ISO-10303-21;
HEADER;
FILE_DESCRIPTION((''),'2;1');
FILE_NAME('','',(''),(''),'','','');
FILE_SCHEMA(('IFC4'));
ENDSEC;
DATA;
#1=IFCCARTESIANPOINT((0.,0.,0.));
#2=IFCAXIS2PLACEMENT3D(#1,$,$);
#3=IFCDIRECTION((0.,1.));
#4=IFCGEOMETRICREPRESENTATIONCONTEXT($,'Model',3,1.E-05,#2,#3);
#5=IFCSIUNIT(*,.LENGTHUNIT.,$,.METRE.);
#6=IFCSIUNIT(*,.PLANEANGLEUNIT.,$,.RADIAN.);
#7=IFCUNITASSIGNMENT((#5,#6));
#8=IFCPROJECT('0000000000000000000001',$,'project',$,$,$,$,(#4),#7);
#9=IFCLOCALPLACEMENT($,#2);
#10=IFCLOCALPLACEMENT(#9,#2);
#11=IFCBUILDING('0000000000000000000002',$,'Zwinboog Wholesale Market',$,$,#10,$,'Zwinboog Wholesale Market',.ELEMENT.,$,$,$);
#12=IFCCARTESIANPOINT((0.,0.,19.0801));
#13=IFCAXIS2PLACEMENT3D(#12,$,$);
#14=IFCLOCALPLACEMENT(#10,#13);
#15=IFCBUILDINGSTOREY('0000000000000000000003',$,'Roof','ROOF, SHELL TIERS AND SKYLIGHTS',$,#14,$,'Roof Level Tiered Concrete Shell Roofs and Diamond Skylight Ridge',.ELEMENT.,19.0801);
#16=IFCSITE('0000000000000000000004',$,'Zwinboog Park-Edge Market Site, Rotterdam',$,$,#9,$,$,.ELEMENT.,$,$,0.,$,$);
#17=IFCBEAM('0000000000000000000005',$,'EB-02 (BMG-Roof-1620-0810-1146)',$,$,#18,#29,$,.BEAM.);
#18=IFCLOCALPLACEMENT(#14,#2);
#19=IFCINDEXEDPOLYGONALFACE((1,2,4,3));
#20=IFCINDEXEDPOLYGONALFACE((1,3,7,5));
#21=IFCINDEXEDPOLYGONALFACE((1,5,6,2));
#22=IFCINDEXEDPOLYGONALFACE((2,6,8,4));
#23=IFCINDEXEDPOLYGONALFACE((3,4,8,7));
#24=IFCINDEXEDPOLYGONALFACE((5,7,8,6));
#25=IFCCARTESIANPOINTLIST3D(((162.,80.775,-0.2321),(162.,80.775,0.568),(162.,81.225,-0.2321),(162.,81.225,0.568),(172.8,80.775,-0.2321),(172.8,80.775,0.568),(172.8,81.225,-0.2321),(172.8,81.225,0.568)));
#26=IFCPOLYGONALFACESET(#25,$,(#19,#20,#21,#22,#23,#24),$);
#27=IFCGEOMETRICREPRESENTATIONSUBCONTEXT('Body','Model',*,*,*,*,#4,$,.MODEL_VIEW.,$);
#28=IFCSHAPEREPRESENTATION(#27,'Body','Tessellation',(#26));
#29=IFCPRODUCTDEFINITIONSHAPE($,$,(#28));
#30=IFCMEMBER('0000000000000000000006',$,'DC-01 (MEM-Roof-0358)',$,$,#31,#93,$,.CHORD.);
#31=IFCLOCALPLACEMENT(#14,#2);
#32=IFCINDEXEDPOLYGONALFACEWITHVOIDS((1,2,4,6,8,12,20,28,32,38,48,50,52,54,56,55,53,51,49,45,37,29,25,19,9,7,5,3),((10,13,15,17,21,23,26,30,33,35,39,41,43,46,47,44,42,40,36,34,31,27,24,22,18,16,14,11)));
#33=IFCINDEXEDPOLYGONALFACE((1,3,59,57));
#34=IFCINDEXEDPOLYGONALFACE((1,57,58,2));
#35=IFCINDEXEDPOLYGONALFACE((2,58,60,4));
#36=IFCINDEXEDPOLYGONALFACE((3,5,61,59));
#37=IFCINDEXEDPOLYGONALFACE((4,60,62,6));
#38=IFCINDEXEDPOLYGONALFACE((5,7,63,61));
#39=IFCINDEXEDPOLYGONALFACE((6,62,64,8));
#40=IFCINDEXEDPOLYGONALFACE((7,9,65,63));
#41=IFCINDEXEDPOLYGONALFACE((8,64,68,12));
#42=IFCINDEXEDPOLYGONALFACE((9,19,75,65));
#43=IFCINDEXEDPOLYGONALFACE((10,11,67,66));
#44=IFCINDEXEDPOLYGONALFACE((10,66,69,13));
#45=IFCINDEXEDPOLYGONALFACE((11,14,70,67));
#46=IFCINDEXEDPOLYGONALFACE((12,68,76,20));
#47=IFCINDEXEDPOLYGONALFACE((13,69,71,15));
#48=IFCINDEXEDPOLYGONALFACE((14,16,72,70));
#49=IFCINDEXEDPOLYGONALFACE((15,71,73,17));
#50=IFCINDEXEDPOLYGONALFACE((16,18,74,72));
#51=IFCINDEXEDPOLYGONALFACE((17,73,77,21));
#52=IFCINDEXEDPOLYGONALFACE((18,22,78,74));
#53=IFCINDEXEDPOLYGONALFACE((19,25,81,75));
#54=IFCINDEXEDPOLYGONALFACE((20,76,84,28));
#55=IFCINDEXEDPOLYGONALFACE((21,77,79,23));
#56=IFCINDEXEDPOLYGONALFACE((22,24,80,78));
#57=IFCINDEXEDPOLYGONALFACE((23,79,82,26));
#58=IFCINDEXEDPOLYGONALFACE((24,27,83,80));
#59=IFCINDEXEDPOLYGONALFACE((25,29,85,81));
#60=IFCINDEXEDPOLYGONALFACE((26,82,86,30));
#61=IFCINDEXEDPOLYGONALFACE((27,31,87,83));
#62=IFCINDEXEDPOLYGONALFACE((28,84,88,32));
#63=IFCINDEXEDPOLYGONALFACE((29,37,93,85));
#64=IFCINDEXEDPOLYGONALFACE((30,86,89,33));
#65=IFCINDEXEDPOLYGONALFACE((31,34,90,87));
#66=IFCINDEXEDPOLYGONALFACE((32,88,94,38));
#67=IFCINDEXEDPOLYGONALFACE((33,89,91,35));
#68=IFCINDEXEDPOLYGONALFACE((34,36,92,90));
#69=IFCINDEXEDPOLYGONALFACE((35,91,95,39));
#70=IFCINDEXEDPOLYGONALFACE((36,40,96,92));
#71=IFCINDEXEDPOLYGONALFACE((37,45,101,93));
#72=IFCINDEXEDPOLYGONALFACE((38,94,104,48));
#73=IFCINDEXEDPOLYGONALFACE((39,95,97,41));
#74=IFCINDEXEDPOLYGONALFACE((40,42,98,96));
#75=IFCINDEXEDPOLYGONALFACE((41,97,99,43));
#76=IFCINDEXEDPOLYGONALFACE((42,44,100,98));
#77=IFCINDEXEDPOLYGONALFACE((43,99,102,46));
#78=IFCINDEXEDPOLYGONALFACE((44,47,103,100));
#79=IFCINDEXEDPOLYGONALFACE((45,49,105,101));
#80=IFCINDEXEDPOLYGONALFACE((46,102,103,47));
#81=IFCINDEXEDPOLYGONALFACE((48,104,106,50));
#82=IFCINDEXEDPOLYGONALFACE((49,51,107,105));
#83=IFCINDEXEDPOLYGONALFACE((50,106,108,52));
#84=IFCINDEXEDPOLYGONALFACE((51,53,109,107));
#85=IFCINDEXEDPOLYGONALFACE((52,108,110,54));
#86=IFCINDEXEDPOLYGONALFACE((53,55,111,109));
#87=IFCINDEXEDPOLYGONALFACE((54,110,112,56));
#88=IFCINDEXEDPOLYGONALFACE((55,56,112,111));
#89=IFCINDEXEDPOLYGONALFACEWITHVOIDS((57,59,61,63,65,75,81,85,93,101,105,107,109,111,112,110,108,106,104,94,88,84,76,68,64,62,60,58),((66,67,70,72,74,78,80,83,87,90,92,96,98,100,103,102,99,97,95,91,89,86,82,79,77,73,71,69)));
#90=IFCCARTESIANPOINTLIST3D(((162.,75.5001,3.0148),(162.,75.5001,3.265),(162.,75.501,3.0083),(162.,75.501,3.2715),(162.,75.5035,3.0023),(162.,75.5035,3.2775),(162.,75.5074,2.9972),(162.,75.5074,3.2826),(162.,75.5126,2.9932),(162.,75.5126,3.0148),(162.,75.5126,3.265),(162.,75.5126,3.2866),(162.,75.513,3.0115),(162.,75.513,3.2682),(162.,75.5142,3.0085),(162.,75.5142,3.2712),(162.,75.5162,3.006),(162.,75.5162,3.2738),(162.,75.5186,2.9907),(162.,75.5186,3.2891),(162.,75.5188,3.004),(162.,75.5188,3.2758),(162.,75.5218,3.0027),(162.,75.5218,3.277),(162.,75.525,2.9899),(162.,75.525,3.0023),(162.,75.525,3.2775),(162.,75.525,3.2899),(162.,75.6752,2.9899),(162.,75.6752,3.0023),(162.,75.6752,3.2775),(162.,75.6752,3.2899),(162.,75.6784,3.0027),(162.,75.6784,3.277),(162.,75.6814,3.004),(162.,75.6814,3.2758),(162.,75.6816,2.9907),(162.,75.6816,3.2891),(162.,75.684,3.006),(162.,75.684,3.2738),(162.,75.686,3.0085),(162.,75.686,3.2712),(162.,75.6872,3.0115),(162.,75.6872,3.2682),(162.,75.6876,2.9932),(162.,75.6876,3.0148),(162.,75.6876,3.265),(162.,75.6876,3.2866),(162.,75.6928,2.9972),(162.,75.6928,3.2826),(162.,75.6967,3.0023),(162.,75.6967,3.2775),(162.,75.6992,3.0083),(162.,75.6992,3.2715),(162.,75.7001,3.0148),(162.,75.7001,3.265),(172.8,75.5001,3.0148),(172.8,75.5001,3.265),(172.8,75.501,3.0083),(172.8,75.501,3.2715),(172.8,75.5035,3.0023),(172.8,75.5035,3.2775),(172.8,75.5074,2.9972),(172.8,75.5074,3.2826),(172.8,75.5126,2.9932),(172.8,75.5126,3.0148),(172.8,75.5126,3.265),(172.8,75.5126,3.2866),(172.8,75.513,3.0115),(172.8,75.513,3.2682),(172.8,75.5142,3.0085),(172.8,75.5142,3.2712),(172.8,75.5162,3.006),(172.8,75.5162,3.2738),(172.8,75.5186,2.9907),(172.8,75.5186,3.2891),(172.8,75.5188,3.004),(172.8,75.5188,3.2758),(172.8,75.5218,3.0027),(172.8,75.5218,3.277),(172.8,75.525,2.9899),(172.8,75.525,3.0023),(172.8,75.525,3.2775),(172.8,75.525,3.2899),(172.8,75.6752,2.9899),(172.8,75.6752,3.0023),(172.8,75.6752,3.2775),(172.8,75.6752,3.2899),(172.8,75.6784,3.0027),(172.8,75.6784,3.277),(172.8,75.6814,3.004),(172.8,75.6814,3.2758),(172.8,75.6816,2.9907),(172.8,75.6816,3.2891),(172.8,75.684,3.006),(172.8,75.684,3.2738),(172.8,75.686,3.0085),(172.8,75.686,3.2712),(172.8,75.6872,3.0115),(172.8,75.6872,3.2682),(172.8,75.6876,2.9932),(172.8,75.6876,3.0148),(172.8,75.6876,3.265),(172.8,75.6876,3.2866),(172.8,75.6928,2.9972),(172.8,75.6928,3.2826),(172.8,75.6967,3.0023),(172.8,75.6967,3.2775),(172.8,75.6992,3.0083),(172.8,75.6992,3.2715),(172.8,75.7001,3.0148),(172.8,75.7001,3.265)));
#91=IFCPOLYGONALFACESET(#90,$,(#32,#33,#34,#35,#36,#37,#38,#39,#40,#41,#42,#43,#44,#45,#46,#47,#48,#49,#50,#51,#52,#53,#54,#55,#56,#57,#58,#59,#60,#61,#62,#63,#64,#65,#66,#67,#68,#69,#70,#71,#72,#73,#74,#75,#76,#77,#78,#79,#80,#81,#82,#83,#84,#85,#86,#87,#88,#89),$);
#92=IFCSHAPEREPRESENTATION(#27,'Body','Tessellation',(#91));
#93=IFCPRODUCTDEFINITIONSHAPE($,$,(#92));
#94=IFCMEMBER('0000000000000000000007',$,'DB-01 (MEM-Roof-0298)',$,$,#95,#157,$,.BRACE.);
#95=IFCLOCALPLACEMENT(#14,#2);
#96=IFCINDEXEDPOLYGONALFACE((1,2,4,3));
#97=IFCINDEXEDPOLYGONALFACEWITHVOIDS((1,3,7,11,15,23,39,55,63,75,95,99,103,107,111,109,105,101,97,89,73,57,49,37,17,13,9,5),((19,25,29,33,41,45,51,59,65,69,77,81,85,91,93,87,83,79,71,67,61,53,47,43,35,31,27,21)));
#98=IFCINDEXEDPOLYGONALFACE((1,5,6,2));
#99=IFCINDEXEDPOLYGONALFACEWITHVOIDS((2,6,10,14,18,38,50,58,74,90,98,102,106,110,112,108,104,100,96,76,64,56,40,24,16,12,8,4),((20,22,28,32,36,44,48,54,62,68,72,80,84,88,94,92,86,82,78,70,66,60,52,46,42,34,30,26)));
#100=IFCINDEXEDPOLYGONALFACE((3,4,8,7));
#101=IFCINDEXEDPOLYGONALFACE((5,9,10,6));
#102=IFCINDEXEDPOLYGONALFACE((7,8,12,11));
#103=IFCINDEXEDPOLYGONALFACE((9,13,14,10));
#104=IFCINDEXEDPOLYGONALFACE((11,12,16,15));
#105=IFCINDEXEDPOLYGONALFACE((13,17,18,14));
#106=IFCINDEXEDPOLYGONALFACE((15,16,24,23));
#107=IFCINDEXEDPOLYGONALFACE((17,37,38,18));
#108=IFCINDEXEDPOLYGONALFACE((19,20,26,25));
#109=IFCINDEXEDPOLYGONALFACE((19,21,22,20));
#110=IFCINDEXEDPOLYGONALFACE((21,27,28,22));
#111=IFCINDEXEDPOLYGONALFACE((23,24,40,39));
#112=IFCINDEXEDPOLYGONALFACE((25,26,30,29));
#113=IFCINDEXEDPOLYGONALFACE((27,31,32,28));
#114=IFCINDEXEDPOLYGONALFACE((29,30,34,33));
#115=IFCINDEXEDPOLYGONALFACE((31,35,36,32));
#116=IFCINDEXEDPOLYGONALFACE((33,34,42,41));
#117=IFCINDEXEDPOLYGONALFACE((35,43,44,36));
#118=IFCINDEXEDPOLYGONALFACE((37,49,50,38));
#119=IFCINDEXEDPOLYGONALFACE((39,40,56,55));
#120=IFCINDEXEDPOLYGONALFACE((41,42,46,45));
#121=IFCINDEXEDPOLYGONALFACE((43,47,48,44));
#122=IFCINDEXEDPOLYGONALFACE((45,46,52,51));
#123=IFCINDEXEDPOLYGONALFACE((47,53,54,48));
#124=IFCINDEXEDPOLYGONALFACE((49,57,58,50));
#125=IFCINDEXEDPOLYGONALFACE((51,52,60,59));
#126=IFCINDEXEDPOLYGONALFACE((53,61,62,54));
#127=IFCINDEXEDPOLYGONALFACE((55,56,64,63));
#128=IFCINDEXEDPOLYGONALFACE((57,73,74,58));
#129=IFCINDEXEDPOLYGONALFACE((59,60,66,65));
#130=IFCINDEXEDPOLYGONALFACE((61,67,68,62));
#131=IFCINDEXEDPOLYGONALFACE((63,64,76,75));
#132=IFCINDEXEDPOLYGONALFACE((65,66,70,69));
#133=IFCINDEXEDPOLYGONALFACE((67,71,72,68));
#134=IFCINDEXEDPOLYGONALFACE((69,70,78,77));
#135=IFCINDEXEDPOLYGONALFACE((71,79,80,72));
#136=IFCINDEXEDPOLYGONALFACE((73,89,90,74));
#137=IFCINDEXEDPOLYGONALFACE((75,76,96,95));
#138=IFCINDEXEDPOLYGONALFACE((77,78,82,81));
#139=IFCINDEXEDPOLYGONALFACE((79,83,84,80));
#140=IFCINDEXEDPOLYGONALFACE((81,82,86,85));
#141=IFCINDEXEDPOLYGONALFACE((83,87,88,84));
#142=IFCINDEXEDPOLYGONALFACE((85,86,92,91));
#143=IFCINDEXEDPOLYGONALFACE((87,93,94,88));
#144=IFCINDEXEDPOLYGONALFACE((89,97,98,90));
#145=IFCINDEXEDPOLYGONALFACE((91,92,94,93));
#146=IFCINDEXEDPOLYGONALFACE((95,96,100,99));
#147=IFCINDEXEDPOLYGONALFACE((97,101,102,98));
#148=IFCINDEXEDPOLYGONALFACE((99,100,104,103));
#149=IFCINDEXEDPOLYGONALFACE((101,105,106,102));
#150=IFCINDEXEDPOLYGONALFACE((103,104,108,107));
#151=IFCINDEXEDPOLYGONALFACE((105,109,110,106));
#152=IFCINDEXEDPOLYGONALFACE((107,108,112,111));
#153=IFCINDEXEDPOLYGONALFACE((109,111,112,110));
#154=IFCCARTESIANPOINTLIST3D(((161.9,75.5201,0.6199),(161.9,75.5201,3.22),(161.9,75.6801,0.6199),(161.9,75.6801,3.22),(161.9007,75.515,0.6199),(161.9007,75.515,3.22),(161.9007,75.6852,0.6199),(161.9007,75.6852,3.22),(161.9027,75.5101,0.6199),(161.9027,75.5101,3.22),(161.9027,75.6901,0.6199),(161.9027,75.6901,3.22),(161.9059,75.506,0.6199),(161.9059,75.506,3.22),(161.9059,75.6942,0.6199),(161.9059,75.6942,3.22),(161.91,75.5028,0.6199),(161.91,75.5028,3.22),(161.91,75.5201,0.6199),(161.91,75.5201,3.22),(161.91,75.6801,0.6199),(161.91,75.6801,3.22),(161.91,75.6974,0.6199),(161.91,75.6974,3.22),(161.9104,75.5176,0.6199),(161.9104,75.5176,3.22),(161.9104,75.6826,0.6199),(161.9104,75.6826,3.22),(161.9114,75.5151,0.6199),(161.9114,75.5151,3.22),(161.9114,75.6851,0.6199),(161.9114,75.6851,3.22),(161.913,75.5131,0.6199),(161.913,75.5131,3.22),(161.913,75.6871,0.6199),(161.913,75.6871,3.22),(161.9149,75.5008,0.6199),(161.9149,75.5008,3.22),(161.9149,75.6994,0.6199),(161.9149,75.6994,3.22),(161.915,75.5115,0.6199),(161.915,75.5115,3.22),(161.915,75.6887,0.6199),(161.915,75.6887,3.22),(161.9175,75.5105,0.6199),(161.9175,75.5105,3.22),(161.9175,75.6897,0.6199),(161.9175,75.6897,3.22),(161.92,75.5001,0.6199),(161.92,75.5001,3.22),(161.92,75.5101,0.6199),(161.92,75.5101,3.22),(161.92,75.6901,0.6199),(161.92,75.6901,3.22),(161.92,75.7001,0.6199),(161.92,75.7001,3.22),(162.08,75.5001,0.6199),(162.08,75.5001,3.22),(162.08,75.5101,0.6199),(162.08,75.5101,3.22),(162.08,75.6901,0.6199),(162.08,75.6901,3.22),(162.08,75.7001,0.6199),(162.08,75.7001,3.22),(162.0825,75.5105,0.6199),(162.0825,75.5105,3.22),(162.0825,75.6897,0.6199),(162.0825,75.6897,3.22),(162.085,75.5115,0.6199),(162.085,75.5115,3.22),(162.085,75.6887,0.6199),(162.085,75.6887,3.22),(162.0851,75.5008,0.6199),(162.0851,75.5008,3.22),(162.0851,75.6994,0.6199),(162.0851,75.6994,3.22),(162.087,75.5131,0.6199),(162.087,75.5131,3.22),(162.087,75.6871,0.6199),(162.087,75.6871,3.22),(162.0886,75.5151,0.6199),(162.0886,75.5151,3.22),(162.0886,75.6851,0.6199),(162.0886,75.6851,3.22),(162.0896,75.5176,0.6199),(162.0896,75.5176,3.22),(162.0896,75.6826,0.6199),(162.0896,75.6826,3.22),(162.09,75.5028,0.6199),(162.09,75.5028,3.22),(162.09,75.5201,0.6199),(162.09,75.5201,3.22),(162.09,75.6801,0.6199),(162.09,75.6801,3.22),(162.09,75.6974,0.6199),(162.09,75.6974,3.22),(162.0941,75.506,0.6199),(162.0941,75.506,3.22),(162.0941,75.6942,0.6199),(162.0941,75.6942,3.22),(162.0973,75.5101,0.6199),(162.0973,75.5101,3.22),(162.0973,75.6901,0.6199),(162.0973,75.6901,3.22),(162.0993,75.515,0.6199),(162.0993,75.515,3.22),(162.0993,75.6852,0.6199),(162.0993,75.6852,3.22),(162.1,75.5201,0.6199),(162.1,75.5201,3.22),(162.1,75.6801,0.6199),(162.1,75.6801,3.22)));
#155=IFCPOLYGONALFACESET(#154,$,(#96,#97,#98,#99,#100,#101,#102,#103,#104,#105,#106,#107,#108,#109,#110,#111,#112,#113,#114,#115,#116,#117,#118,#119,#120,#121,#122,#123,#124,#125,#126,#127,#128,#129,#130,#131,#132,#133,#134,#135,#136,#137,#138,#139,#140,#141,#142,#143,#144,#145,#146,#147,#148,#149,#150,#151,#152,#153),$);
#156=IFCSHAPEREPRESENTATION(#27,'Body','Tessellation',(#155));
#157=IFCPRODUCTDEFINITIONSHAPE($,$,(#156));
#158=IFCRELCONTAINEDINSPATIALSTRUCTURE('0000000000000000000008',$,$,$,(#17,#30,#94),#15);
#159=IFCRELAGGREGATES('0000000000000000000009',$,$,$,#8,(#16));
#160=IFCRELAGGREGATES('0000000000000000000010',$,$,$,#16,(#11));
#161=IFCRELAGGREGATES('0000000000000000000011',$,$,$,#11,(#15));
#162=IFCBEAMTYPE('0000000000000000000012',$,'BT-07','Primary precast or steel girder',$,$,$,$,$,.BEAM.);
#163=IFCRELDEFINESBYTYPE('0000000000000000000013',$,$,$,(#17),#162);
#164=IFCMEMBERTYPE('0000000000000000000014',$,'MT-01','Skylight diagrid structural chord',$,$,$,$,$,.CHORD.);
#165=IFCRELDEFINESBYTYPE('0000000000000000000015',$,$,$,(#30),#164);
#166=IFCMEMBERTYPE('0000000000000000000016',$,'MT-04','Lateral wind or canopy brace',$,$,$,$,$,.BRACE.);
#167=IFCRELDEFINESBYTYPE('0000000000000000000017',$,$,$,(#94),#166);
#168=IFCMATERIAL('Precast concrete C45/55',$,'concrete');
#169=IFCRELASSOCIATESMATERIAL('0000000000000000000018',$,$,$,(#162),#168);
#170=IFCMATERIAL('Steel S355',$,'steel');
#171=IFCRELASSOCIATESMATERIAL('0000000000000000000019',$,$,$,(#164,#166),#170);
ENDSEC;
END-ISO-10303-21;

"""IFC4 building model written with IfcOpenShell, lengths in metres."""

from ifc_helpers import new_model, si_unit, direction, frame, origin, origin_2d, place, context, subcontext, project, spatial, rectangle, hollow_rectangle, extrude, material, material_profile, profile_set, type_object, element, save


model = new_model("IFC4")

# Units and contexts
model_context = context("Model", 3, precision=1e-05, world=origin(), true_north=direction((0.0, 1.0)))
body_context = subcontext(model_context, "Body", "Model", "MODEL_VIEW")
ifc_project = project(units=[si_unit("LENGTHUNIT", "METRE"), si_unit("PLANEANGLEUNIT", "RADIAN")], contexts=[model_context])

# Site, building, storey
site_placement = place(None, origin())
site = spatial("IfcSite", under=ifc_project, at=site_placement, Name="Zwinboog Park-Edge Market Site, Rotterdam", CompositionType="ELEMENT", RefElevation=0.0)
building_placement = place(site_placement, origin())
building = spatial("IfcBuilding", under=site, at=building_placement, Name="Zwinboog Wholesale Market", LongName="Zwinboog Wholesale Market", CompositionType="ELEMENT")
storey_placement = place(building_placement, frame((0.0, 0.0, 19.0801)))
storey = spatial("IfcBuildingStorey", under=building, at=storey_placement, Name="Roof", Description="ROOF, SHELL TIERS AND SKYLIGHTS", LongName="Roof Level Tiered Concrete Shell Roofs and Diamond Skylight Ridge", CompositionType="ELEMENT", Elevation=19.0801)

# Beam
ifc_material_1 = material(Name="Precast concrete C45/55", Category="concrete")
ifc_material_profile_1 = material_profile(ifc_material_1, rectangle(XDim=0.45, YDim=0.8, at=origin_2d()), Name="PC 450x800")
ifc_profile_set_1 = profile_set([ifc_material_profile_1], Name="Precast concrete C45/55")
beam_type = type_object("IfcBeamType", Name="BT-07", Description="Primary precast or steel girder", PredefinedType="BEAM", material=ifc_profile_set_1)
beam_placement = place(storey_placement, frame((162.0, 81.0, 0.168), z_axis=(1.0, 0.0, 0.0), x_axis=(0.0, 1.0, 0.0)))
element("IfcBeam", 1, at=beam_placement, inside=storey, type_object=beam_type, Name="EB-02 (BMG-Roof-1620-0810-1146)", PredefinedType="BEAM", context=body_context, shape_type="SweptSolid", body=[
    extrude(rectangle(XDim=0.45, YDim=0.8, at=origin_2d()), origin(), (0.0, 0.0, 1.0), 10.8),
])

# Members
ifc_material_2 = material(Name="Steel S355", Category="steel")
ifc_material_profile_2 = material_profile(ifc_material_2, hollow_rectangle(XDim=0.2, YDim=0.3, WallThickness=0.0125, InnerFilletRadius=0.0125, OuterFilletRadius=0.0249, at=origin_2d()), Name="RHS 300x200x12.5")
ifc_profile_set_2 = profile_set([ifc_material_profile_2], Name="Steel S355")
member_type_1 = type_object("IfcMemberType", Name="MT-01", Description="Skylight diagrid structural chord", PredefinedType="CHORD", material=ifc_profile_set_2)
member_1_placement = place(storey_placement, frame((162.0, 75.6001, 3.1399), z_axis=(1.0, 0.0, 0.0), x_axis=(0.0, 1.0, 0.0)))
element("IfcMember", 2, at=member_1_placement, inside=storey, type_object=member_type_1, Name="DC-01 (MEM-Roof-0358)", PredefinedType="CHORD", context=body_context, shape_type="SweptSolid", body=[
    extrude(hollow_rectangle(XDim=0.2, YDim=0.3, WallThickness=0.0125, InnerFilletRadius=0.0125, OuterFilletRadius=0.0249, at=origin_2d()), origin(), (0.0, 0.0, 1.0), 10.8),
])
ifc_material_profile_3 = material_profile(ifc_material_2, hollow_rectangle(XDim=0.2, YDim=0.2, WallThickness=0.01, InnerFilletRadius=0.01, OuterFilletRadius=0.02, at=origin_2d()), Name="SHS 200x200x10")
ifc_profile_set_3 = profile_set([ifc_material_profile_3], Name="Steel S355")
member_type_2 = type_object("IfcMemberType", Name="MT-04", Description="Lateral wind or canopy brace", PredefinedType="BRACE", material=ifc_profile_set_3)
member_2_placement = place(storey_placement, frame((162.0, 75.6001, 0.6199), z_axis=(0.0, 0.0, 1.0), x_axis=(1.0, 0.0, 0.0)))
element("IfcMember", 3, at=member_2_placement, inside=storey, type_object=member_type_2, Name="DB-01 (MEM-Roof-0298)", PredefinedType="BRACE", context=body_context, shape_type="SweptSolid", body=[
    extrude(hollow_rectangle(XDim=0.2, YDim=0.2, WallThickness=0.01, InnerFilletRadius=0.01, OuterFilletRadius=0.02, at=origin_2d()), origin(), (0.0, 0.0, 1.0), 2.6001),
])

save(model, "model.ifc")
